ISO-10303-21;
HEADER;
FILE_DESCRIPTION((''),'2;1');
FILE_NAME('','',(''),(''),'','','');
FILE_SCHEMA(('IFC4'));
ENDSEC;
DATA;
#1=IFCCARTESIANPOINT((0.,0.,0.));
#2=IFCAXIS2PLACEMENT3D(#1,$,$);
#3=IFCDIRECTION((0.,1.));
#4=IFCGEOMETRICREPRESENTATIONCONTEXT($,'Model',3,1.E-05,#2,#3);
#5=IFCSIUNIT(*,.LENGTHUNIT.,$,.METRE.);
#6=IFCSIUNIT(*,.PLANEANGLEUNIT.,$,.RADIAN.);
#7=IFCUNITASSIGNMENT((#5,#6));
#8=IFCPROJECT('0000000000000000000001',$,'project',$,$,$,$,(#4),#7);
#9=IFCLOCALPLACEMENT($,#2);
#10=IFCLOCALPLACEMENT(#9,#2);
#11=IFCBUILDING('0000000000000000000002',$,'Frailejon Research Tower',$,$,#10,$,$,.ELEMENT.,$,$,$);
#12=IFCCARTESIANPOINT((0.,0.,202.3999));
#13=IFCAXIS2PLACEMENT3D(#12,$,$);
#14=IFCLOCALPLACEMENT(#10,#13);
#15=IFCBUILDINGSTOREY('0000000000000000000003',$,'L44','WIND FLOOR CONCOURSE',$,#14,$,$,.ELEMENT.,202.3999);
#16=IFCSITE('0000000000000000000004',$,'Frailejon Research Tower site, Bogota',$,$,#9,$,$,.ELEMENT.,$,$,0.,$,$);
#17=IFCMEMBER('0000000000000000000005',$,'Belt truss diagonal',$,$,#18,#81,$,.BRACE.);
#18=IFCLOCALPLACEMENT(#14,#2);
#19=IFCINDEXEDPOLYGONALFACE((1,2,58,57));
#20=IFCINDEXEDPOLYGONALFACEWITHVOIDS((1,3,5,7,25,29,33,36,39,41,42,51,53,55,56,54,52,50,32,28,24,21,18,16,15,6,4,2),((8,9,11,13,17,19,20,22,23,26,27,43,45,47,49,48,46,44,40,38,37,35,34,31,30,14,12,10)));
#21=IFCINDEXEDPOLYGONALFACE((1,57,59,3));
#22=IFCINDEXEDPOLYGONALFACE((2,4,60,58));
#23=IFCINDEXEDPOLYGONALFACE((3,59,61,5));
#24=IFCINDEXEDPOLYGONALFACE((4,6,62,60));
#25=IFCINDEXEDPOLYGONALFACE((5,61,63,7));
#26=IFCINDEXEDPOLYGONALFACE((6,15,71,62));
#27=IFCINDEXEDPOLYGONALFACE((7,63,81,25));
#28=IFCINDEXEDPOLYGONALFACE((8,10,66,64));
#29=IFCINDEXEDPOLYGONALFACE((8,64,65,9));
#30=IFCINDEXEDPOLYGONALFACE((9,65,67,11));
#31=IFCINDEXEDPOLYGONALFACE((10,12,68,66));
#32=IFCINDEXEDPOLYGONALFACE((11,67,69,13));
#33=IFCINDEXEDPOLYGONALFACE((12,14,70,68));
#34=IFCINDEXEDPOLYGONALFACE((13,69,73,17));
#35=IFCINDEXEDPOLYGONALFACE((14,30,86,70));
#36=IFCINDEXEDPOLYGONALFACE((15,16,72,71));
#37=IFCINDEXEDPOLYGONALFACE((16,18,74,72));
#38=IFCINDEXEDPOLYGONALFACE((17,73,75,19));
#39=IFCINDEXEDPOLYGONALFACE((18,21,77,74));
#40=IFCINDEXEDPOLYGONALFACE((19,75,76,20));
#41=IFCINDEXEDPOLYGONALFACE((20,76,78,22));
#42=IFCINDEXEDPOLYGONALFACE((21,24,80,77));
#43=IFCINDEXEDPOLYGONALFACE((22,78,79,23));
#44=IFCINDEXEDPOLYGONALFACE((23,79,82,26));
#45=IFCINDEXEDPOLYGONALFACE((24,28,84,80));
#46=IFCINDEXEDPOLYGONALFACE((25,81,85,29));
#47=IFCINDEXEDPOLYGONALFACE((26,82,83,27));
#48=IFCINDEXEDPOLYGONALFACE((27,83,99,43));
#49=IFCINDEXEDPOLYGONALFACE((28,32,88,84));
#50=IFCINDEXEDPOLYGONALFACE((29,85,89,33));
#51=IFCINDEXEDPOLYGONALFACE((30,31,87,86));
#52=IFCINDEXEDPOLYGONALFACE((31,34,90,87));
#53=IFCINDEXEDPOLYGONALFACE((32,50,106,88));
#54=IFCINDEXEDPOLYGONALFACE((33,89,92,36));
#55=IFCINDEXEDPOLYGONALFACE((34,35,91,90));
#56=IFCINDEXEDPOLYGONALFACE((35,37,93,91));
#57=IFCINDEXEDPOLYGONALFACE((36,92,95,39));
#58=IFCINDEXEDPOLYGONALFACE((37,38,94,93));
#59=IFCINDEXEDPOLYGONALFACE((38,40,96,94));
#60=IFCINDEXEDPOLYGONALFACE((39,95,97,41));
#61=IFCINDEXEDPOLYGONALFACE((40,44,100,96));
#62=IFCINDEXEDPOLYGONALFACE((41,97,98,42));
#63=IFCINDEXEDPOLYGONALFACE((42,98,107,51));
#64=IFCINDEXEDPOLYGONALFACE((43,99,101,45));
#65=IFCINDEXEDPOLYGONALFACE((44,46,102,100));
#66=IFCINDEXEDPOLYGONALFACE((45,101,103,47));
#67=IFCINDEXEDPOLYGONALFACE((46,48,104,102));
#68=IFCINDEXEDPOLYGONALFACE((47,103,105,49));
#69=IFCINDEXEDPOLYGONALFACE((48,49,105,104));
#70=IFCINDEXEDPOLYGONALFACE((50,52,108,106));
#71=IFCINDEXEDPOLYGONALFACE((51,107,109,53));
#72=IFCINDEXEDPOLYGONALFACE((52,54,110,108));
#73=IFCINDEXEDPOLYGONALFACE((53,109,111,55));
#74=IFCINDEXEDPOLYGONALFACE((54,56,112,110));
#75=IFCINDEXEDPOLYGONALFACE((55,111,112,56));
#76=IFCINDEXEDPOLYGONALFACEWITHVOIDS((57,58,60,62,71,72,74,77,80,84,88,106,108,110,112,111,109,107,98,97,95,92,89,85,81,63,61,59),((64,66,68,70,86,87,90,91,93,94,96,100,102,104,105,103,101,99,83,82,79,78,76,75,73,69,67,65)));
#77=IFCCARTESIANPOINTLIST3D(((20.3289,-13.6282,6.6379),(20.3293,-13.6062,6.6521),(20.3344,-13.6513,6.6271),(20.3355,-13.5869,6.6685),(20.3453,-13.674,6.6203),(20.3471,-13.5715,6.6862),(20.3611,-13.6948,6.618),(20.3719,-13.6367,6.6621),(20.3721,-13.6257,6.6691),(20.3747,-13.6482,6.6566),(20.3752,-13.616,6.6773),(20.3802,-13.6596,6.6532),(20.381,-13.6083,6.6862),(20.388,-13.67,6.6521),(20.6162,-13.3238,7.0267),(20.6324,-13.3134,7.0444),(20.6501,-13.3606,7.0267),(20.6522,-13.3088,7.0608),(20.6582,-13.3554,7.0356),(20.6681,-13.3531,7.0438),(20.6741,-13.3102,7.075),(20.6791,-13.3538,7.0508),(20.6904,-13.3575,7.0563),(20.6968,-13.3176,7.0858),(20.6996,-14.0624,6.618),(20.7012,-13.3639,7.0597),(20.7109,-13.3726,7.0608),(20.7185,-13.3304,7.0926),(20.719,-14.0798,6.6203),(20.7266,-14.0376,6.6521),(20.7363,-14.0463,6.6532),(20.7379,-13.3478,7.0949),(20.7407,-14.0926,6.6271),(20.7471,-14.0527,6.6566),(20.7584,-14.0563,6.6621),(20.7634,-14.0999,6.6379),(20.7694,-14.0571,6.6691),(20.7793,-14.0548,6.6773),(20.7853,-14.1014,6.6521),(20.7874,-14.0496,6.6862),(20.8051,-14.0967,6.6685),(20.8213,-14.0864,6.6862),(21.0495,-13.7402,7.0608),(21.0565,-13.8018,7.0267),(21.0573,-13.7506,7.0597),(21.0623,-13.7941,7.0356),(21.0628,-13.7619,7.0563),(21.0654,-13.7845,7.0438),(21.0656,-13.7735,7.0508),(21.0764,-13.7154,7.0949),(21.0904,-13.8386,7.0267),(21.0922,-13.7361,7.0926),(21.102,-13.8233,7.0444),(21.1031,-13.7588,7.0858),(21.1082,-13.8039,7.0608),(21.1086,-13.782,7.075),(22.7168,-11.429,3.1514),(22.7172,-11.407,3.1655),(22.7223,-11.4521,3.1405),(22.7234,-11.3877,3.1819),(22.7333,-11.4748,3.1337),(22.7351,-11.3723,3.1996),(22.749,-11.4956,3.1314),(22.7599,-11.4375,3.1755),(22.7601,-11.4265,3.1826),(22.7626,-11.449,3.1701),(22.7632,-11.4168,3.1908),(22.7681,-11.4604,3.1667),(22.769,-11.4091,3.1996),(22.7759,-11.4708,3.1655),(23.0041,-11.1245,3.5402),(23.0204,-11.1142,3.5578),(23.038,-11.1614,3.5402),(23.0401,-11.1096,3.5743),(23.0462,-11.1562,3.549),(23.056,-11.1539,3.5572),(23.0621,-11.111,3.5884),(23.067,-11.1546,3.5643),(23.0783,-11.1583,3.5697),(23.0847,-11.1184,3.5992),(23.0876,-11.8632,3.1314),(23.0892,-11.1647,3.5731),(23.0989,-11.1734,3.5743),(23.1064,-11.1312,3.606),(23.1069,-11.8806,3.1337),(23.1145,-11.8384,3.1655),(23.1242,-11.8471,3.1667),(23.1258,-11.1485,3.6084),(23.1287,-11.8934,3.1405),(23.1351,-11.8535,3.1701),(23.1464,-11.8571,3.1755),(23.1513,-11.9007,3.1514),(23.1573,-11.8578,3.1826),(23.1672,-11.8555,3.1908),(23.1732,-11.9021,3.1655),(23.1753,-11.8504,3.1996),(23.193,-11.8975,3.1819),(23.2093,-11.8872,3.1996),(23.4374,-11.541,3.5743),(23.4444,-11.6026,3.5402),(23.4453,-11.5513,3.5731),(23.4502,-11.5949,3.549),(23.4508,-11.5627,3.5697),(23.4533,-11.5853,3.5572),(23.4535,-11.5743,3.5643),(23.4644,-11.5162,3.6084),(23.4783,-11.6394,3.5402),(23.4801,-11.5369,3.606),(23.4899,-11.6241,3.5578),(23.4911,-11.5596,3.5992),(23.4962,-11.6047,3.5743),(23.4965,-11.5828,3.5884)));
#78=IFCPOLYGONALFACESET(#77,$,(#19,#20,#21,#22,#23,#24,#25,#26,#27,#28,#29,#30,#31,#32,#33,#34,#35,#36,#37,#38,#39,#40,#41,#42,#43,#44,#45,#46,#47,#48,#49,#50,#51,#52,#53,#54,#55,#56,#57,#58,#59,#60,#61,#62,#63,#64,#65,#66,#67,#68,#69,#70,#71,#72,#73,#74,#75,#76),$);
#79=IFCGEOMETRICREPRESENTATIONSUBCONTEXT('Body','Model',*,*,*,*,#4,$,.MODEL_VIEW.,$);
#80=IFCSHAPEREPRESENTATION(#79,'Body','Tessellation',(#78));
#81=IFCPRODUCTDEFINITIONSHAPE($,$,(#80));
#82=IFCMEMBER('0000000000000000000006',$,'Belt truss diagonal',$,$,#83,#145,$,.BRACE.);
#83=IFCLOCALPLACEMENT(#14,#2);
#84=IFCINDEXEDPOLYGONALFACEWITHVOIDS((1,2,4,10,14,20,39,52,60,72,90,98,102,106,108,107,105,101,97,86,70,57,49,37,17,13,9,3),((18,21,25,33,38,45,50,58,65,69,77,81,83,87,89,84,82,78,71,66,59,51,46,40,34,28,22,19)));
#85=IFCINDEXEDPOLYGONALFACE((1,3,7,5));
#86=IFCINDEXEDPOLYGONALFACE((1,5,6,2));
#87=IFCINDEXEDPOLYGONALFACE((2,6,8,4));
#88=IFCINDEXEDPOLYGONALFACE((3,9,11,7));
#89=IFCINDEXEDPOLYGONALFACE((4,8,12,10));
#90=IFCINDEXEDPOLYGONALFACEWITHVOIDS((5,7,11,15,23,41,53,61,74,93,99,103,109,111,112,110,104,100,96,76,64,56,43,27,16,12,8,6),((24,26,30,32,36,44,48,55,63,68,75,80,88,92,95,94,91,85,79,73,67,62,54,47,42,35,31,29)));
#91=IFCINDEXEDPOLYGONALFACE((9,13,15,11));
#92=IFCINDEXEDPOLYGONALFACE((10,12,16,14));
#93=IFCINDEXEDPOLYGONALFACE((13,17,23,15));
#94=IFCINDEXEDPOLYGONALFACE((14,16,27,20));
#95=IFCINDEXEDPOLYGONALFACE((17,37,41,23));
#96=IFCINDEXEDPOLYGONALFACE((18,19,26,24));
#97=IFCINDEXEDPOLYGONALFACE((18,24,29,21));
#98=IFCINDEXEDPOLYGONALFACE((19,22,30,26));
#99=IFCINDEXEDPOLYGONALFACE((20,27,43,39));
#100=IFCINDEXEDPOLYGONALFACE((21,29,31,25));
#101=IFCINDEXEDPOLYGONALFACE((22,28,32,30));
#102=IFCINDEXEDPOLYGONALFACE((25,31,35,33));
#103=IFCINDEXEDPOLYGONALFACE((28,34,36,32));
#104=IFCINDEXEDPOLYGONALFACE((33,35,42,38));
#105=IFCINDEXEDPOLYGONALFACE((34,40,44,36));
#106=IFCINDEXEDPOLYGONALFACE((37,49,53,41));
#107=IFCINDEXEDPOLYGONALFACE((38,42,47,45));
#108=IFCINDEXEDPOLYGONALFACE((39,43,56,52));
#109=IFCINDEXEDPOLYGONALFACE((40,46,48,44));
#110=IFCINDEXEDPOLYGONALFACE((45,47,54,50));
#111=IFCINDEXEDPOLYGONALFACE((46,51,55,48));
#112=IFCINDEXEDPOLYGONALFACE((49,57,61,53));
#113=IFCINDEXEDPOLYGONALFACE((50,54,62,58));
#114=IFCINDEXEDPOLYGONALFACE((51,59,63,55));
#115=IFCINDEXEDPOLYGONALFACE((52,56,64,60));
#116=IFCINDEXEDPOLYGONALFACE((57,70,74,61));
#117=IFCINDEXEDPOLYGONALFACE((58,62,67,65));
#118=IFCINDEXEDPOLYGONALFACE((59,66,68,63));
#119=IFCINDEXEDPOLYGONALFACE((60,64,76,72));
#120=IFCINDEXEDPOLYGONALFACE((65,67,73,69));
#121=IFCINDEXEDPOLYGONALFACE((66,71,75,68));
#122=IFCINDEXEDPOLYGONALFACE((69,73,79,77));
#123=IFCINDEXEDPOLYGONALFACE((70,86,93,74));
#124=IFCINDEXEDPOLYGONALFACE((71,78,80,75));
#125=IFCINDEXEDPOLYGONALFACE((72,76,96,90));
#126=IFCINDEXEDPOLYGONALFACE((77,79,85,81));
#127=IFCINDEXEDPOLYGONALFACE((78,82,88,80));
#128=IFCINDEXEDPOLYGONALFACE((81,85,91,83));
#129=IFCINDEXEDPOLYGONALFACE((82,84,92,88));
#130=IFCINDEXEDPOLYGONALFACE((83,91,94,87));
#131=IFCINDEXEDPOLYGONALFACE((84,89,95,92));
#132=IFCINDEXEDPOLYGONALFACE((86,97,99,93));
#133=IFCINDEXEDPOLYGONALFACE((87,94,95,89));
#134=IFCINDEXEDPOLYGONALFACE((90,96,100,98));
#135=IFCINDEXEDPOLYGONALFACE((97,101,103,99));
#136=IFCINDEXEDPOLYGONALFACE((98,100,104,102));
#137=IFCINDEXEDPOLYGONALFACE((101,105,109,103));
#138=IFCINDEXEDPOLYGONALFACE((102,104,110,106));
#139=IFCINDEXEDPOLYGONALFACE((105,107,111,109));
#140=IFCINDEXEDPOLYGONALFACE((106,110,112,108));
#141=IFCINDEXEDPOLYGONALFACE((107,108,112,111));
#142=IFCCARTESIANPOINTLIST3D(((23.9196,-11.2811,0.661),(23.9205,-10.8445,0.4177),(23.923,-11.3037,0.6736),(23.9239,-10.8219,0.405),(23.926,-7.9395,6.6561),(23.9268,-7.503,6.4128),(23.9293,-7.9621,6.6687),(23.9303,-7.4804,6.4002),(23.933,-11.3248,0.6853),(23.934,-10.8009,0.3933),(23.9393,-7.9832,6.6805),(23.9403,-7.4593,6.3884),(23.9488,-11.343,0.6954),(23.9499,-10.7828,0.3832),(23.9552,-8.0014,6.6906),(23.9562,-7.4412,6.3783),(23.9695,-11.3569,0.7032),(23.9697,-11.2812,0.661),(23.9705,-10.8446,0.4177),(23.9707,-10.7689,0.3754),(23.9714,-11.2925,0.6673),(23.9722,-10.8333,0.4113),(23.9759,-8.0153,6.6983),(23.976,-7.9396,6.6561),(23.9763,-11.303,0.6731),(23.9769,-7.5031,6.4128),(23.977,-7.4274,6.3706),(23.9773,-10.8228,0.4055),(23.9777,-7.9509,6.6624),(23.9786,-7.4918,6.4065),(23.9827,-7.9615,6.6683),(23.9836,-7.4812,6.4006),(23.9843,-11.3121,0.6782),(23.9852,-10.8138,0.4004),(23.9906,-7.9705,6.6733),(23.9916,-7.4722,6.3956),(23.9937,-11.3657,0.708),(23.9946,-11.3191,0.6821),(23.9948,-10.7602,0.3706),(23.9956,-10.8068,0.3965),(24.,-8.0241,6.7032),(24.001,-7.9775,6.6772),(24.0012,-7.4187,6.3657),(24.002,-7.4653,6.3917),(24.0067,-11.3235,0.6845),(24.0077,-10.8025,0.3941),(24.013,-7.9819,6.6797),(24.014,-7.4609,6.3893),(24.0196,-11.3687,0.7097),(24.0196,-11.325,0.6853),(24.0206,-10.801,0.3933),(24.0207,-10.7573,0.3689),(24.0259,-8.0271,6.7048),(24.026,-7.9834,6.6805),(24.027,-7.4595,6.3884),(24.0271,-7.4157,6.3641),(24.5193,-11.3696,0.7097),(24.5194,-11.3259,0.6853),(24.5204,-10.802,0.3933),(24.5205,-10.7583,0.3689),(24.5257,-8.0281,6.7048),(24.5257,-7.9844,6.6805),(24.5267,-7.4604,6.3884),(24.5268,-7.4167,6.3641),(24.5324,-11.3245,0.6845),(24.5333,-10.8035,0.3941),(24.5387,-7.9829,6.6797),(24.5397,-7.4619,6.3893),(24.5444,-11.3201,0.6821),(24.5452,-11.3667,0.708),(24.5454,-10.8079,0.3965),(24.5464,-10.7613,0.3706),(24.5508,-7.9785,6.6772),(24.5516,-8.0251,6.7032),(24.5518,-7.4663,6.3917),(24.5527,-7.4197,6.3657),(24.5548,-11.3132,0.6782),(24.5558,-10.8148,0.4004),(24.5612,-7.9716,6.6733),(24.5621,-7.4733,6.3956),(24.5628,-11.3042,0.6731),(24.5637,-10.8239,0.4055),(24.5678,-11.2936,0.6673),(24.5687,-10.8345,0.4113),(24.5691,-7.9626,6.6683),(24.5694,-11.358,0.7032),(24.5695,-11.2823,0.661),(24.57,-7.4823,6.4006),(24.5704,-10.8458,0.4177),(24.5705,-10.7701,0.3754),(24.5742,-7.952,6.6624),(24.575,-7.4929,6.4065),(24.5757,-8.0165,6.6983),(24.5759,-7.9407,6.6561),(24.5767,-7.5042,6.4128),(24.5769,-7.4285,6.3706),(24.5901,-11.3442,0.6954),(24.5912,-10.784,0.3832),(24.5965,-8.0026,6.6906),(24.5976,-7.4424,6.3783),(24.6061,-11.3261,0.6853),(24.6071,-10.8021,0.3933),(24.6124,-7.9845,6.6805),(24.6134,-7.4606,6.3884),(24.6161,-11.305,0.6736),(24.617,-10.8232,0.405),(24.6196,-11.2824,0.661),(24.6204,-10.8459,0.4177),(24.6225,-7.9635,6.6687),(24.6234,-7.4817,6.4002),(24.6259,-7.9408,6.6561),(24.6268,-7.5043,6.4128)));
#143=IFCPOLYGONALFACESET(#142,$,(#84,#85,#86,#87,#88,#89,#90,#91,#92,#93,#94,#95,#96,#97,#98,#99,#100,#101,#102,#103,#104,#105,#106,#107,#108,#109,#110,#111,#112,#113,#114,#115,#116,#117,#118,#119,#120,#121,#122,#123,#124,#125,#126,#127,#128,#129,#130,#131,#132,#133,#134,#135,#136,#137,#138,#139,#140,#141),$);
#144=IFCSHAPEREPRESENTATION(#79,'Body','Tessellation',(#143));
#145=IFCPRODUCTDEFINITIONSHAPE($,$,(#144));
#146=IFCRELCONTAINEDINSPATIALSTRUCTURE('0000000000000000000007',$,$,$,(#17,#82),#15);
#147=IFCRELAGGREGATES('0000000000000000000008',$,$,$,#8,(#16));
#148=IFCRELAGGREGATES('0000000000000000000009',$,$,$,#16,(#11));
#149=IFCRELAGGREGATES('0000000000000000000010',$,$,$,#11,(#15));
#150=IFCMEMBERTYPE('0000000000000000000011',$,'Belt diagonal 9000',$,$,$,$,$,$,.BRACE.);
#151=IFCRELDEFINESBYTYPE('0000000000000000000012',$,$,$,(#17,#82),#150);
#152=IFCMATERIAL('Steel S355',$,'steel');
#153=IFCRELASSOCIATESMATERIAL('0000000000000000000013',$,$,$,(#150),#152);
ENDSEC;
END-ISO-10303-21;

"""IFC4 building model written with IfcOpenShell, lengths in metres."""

from ifc_helpers import new_model, si_unit, direction, frame, origin, origin_2d, place, context, subcontext, project, spatial, hollow_rectangle, extrude, material, material_profile, profile_set, type_object, element, save


model = new_model("IFC4")

# Units and contexts
model_context = context("Model", 3, precision=1e-05, world=origin(), true_north=direction((0.0, 1.0)))
body_context = subcontext(model_context, "Body", "Model", "MODEL_VIEW")
ifc_project = project(units=[si_unit("LENGTHUNIT", "METRE"), si_unit("PLANEANGLEUNIT", "RADIAN")], contexts=[model_context])

# Site, building, storey
site_placement = place(None, origin())
site = spatial("IfcSite", under=ifc_project, at=site_placement, Name="Frailejon Research Tower site, Bogota", CompositionType="ELEMENT", RefElevation=0.0)
building_placement = place(site_placement, origin())
building = spatial("IfcBuilding", under=site, at=building_placement, Name="Frailejon Research Tower", CompositionType="ELEMENT")
storey_placement = place(building_placement, frame((0.0, 0.0, 202.3999)))
storey = spatial("IfcBuildingStorey", under=building, at=storey_placement, Name="L44", Description="WIND FLOOR CONCOURSE", CompositionType="ELEMENT", Elevation=202.3999)

# Members
ifc_material_1 = material(Name="Steel S355", Category="steel")
ifc_material_profile_1 = material_profile(ifc_material_1, hollow_rectangle(XDim=0.7, YDim=0.7, WallThickness=0.05, InnerFilletRadius=0.05, OuterFilletRadius=0.1001, at=origin_2d()), Name="Belt diagonal 9000")
ifc_profile_set_1 = profile_set([ifc_material_profile_1], Name="Steel S355")
member_type = type_object("IfcMemberType", Name="Belt diagonal 9000", PredefinedType="BRACE", material=ifc_profile_set_1)
member_1_placement = place(storey_placement, frame((20.7188, -13.7051, 6.8564), z_axis=(0.501254, 0.46164, -0.731869), x_axis=(-0.677443, 0.735576, 0.0)))
element("IfcMember", 1, at=member_1_placement, inside=storey, type_object=member_type, Name="Belt truss diagonal", PredefinedType="BRACE", context=body_context, shape_type="SweptSolid", body=[
    extrude(hollow_rectangle(XDim=0.7, YDim=0.7, WallThickness=0.05, InnerFilletRadius=0.05, OuterFilletRadius=0.1001, at=origin_2d()), origin(), (0.0, 0.0, 1.0), 4.7639),
])
member_2_placement = place(storey_placement, frame((24.27, -11.0635, 0.5393), z_axis=(0.000925, 0.486859, 0.87348), x_axis=(-0.999998, 0.0019, 0.0)))
element("IfcMember", 2, at=member_2_placement, inside=storey, type_object=member_type, Name="Belt truss diagonal", PredefinedType="BRACE", context=body_context, shape_type="SweptSolid", body=[
    extrude(hollow_rectangle(XDim=0.7, YDim=0.7, WallThickness=0.05, InnerFilletRadius=0.05, OuterFilletRadius=0.1001, at=origin_2d()), origin(), (0.0, 0.0, 1.0), 6.8635),
])

save(model, "model.ifc")
